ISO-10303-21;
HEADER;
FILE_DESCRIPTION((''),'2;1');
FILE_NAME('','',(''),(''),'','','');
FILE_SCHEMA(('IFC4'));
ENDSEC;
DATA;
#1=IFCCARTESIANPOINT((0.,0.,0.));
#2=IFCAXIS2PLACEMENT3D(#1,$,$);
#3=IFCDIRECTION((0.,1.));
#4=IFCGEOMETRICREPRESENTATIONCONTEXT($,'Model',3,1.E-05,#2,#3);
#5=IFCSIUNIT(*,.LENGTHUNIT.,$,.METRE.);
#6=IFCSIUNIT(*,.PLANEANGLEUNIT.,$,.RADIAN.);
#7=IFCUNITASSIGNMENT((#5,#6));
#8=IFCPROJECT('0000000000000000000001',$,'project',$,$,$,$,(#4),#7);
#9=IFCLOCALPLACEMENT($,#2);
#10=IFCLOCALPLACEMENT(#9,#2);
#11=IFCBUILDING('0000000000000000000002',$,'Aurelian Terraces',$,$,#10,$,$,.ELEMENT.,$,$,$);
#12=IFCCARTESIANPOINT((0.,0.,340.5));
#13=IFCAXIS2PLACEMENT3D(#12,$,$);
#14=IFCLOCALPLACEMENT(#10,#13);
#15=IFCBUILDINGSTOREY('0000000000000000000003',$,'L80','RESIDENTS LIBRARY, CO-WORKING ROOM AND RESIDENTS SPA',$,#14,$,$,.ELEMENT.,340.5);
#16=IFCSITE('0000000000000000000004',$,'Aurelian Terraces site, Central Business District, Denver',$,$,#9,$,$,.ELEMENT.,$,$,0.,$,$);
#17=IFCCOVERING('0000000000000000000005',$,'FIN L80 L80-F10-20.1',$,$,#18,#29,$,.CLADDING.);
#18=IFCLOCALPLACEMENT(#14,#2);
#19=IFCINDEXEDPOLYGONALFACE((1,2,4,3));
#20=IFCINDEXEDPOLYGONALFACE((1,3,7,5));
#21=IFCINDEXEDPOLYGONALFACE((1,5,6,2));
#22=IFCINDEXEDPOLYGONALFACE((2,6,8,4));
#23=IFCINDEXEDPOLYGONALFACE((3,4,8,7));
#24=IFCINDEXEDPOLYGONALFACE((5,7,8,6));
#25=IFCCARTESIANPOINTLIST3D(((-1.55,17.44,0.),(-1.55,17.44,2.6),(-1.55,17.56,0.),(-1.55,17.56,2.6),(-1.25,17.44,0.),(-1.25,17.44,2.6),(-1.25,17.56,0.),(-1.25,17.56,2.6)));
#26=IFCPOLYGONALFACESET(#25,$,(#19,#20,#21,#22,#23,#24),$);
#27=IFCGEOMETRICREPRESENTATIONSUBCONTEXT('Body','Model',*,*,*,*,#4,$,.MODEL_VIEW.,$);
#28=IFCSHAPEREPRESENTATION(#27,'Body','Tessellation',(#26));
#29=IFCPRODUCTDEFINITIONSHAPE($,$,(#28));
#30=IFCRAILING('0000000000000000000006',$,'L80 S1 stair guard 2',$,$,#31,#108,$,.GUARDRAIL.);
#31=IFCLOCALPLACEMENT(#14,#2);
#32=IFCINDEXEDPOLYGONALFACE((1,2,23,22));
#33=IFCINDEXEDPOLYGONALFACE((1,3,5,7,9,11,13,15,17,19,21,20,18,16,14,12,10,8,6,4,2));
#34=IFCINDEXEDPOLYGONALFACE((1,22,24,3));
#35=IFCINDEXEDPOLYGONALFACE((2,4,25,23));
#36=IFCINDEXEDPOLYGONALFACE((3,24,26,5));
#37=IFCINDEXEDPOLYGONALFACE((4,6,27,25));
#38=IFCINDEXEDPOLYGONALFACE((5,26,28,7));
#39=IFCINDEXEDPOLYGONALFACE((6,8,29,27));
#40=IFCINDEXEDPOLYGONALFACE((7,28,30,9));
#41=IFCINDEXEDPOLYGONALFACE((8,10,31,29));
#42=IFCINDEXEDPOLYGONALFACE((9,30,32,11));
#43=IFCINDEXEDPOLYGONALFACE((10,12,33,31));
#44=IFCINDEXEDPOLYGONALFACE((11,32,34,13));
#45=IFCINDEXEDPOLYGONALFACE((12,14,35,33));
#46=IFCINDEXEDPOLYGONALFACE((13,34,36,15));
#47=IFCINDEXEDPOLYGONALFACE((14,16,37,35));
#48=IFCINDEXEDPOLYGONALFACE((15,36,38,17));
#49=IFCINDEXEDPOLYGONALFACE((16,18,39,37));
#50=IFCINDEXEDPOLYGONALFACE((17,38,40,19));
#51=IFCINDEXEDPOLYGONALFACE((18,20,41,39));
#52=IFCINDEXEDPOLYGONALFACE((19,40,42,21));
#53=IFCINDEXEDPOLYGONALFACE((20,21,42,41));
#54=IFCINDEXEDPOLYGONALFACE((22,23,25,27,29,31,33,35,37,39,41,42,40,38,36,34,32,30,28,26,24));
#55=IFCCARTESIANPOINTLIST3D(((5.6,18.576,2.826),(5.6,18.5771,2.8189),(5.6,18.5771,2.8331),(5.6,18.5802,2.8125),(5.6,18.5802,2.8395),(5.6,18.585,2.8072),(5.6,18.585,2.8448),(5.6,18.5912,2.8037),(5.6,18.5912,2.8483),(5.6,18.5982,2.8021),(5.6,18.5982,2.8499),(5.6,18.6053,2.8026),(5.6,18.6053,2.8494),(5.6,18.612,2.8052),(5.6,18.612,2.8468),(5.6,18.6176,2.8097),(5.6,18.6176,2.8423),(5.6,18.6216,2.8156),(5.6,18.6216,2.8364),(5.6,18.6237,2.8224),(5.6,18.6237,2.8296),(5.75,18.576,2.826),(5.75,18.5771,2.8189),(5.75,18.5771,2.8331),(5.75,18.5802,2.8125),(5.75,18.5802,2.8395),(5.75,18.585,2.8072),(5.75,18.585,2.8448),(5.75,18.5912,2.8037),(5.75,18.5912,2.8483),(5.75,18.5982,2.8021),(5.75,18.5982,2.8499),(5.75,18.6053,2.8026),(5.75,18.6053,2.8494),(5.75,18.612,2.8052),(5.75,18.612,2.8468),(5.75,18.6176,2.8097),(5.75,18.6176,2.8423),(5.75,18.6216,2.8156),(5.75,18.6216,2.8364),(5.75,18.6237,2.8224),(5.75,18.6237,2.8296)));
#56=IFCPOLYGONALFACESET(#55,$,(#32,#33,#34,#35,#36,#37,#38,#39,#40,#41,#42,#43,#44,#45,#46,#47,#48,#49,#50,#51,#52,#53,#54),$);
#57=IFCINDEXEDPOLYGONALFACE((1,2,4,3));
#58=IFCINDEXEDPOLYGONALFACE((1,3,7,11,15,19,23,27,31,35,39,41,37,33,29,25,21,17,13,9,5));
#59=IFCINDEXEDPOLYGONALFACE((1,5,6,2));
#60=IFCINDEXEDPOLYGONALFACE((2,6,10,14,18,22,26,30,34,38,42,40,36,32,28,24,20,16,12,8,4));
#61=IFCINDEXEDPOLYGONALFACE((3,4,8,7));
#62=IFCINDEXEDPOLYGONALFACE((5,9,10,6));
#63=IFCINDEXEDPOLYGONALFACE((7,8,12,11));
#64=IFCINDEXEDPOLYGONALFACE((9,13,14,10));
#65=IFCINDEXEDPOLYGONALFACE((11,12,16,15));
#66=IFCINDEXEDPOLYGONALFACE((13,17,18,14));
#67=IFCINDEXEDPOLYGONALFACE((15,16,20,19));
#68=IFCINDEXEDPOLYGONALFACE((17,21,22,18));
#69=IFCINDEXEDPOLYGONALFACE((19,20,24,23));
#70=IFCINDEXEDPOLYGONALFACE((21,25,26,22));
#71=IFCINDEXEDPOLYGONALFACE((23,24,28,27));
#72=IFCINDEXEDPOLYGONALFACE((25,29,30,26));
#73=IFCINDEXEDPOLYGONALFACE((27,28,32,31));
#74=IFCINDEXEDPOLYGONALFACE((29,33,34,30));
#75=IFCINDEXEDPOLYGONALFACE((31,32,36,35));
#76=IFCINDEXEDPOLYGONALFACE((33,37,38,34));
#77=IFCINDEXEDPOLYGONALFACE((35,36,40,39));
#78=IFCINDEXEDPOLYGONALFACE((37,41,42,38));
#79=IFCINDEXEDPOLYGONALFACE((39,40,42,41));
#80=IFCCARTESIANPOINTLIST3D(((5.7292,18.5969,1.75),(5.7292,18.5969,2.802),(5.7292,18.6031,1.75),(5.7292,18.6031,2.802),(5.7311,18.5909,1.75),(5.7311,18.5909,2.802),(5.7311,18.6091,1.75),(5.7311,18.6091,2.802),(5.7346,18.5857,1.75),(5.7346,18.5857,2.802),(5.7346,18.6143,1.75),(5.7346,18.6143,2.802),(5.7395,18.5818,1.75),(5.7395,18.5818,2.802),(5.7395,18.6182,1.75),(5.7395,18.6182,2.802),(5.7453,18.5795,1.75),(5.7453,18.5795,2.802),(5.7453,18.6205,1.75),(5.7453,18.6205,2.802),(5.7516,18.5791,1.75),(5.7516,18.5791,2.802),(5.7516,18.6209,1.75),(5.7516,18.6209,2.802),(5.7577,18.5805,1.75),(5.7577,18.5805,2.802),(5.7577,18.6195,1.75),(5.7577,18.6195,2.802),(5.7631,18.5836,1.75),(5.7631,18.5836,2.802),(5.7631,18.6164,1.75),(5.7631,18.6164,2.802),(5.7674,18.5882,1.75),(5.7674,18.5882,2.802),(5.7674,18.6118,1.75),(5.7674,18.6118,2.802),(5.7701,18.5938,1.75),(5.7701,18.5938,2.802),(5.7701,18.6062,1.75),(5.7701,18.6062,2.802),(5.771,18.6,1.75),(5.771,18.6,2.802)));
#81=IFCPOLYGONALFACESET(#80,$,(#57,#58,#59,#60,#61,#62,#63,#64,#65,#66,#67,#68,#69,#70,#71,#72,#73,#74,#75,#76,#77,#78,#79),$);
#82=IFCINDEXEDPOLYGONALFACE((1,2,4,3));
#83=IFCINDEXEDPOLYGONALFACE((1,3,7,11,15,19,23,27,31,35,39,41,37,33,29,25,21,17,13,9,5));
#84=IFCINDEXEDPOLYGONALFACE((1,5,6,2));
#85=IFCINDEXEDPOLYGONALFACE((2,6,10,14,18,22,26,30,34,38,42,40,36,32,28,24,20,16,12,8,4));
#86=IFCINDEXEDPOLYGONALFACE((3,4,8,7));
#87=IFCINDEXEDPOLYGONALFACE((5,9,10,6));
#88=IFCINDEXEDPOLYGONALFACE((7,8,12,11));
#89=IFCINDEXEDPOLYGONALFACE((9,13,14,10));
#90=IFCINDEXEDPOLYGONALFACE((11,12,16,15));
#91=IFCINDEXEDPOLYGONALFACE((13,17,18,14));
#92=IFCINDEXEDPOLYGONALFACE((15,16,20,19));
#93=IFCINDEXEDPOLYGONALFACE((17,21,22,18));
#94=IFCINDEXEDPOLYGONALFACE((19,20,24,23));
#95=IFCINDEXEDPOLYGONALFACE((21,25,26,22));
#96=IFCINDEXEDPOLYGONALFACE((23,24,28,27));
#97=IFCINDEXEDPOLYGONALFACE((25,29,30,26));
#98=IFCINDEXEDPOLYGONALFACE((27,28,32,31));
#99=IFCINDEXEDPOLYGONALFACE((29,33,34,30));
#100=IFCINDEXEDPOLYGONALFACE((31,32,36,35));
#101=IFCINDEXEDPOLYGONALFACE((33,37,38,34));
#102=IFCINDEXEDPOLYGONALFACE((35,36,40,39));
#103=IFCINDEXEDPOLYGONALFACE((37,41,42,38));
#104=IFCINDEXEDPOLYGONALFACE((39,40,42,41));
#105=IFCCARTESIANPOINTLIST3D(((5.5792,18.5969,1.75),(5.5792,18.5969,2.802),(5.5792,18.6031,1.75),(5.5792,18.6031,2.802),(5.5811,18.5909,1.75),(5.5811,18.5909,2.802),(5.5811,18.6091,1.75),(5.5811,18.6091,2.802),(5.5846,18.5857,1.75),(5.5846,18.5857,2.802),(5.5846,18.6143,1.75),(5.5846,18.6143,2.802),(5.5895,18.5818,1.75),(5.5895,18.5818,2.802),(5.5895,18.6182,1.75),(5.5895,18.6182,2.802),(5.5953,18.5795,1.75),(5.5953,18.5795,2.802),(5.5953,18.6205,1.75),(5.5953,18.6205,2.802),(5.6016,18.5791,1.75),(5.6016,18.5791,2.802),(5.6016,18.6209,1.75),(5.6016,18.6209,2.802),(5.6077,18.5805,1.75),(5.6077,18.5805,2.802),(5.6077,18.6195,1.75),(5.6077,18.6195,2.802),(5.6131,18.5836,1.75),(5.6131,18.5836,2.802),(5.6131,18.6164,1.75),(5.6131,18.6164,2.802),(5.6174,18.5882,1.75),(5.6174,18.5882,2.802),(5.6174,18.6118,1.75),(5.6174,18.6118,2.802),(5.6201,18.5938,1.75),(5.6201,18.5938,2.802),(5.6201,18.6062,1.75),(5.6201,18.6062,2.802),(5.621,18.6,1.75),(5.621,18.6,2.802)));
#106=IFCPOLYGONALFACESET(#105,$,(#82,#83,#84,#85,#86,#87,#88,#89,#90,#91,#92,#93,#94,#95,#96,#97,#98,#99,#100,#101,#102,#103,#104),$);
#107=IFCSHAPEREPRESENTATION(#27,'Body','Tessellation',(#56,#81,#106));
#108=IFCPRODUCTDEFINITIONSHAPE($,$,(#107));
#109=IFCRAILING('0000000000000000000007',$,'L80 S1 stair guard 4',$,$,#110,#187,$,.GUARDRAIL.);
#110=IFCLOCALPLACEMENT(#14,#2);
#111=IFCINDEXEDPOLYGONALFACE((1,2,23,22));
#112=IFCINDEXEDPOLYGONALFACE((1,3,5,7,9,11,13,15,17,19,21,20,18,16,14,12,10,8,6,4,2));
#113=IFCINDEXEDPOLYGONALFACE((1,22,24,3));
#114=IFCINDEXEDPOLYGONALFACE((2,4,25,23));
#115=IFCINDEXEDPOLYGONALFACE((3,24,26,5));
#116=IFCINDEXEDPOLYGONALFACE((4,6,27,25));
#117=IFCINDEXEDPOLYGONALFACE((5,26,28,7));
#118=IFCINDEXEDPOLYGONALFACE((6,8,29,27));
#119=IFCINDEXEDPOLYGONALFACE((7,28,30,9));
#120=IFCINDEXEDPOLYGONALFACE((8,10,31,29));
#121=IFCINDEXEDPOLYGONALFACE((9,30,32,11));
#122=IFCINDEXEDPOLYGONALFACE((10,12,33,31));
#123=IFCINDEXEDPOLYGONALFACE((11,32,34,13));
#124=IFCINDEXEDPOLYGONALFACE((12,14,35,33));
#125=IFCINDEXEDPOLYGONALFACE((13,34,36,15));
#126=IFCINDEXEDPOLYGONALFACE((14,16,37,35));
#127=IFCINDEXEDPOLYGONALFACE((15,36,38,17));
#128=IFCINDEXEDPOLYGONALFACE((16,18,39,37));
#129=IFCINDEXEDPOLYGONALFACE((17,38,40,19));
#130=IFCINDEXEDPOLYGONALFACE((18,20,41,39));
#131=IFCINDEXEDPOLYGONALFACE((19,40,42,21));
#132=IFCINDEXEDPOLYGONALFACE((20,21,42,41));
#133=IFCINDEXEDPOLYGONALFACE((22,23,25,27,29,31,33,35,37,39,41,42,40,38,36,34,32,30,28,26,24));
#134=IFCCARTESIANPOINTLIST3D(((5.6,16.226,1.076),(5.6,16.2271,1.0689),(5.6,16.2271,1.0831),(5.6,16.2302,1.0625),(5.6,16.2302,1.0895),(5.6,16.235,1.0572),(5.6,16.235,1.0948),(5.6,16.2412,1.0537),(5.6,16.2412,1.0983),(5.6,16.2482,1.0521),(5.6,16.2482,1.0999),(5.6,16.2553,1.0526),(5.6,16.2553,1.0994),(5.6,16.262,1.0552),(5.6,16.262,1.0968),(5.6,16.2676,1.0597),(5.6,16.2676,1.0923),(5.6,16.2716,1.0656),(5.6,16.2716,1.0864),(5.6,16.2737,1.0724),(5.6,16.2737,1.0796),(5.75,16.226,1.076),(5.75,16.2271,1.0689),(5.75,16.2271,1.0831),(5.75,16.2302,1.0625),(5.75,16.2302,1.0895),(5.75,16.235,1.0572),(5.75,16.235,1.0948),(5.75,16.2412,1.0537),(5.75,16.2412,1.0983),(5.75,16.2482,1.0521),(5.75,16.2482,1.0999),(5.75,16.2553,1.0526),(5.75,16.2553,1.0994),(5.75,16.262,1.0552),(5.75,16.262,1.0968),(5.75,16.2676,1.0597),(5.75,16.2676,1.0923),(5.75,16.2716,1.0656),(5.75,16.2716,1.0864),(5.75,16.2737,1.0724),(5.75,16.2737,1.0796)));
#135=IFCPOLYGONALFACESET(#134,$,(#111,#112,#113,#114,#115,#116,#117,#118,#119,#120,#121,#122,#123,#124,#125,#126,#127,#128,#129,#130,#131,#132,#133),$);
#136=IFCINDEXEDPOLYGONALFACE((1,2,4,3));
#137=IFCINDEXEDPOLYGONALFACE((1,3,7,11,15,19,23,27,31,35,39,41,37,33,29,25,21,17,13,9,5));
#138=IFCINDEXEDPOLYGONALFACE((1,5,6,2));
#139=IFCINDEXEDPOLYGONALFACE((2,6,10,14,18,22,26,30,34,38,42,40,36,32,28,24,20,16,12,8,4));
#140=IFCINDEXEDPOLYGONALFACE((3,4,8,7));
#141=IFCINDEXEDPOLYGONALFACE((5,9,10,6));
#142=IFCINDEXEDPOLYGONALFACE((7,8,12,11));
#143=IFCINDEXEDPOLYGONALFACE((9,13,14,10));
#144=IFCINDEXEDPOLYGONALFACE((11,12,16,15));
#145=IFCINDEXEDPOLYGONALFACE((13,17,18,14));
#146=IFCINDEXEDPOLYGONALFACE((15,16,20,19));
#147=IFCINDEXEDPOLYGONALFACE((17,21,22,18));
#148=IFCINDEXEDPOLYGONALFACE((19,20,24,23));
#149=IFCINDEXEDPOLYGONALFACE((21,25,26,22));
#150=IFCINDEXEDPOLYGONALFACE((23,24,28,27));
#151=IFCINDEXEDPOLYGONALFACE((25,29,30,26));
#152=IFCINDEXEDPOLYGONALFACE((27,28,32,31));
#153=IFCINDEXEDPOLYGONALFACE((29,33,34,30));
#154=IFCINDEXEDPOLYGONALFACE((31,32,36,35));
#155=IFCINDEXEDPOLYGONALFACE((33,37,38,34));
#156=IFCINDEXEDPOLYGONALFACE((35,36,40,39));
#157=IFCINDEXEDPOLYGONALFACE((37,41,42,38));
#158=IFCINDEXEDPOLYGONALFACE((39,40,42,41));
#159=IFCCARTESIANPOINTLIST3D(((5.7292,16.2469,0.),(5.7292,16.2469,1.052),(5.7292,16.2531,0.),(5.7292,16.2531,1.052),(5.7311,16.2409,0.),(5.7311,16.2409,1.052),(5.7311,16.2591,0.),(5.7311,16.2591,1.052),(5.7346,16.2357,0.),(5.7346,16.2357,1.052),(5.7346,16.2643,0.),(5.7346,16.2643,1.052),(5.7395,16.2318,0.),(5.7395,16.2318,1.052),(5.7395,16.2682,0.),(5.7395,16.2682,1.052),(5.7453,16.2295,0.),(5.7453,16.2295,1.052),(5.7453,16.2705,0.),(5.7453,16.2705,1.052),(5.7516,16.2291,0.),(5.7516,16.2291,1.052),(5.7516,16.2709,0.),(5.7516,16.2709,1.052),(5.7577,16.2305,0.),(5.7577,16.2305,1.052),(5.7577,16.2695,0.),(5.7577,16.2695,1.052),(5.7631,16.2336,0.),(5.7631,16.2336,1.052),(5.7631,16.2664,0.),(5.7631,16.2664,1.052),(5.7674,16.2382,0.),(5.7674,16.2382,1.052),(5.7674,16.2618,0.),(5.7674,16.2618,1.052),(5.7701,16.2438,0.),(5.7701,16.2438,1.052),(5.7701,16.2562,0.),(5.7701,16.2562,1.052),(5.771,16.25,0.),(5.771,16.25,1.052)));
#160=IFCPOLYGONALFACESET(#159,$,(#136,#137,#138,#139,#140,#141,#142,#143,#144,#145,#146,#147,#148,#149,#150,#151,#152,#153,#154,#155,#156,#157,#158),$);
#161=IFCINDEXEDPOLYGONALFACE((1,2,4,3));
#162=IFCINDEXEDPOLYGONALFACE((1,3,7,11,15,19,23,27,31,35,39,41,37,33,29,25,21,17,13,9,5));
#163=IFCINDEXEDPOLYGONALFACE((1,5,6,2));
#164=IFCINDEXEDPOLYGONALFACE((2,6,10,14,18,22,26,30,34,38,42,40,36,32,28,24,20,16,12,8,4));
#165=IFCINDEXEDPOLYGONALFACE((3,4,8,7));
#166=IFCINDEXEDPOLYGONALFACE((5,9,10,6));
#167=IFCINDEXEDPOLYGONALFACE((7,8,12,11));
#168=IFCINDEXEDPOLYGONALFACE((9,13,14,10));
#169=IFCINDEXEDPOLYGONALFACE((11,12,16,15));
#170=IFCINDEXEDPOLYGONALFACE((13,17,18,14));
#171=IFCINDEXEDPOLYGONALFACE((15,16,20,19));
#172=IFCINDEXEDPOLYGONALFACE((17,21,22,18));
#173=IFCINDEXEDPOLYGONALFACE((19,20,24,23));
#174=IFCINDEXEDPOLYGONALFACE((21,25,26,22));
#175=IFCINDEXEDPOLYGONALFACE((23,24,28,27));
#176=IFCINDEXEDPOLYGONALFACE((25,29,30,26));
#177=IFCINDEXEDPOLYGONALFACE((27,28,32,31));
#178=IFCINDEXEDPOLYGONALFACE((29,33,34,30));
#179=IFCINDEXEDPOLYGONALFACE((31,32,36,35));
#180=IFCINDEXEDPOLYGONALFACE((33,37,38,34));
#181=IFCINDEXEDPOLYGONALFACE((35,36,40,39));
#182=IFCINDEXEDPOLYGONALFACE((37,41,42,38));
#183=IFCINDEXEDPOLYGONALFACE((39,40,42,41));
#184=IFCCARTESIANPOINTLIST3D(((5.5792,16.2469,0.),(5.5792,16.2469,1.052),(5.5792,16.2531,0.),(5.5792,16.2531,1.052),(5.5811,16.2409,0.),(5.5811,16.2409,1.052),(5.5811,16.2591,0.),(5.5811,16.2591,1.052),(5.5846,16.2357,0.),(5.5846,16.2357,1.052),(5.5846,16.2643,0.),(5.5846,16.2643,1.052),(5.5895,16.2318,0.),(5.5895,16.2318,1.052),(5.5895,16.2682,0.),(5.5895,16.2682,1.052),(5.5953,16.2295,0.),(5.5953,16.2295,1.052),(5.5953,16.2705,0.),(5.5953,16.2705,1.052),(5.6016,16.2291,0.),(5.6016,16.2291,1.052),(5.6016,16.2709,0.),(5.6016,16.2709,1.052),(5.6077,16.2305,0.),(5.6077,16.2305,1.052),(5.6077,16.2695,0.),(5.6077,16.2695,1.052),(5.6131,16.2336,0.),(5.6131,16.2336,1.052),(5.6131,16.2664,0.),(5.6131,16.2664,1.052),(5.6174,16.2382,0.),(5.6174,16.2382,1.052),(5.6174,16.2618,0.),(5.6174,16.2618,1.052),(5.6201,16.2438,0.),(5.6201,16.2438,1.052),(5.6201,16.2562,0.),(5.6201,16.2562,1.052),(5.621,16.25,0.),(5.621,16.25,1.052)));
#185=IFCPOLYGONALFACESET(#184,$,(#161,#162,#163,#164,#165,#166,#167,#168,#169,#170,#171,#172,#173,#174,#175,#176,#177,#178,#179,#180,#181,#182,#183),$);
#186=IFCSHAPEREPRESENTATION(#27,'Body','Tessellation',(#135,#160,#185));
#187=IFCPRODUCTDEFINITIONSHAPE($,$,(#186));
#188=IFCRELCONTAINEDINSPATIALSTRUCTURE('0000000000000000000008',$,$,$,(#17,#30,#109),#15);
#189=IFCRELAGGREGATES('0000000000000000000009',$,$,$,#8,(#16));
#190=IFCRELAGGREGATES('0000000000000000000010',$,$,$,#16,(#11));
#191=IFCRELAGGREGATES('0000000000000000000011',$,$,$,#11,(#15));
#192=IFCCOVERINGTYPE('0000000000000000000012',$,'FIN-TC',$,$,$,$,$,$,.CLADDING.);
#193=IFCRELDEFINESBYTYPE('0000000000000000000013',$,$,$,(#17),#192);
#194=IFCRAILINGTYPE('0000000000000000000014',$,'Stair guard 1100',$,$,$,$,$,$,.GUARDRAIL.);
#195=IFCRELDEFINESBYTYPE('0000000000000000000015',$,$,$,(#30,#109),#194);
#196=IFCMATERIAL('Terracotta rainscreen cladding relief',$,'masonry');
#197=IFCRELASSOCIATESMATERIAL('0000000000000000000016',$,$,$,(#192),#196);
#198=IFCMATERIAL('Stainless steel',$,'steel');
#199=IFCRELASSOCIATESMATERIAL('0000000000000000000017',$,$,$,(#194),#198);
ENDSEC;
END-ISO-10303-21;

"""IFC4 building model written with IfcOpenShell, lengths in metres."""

from ifc_helpers import new_model, si_unit, direction, frame, origin, origin_2d, place, context, subcontext, project, spatial, rectangle, circle, extrude, source, transform, mapped, material, type_object, element, save


model = new_model("IFC4")

# Units and contexts
model_context = context("Model", 3, precision=1e-05, world=origin(), true_north=direction((0.0, 1.0)))
body_context = subcontext(model_context, "Body", "Model", "MODEL_VIEW")
ifc_project = project(units=[si_unit("LENGTHUNIT", "METRE"), si_unit("PLANEANGLEUNIT", "RADIAN")], contexts=[model_context])

# Site, building, storey
site_placement = place(None, origin())
site = spatial("IfcSite", under=ifc_project, at=site_placement, Name="Aurelian Terraces site, Central Business District, Denver", CompositionType="ELEMENT", RefElevation=0.0)
building_placement = place(site_placement, origin())
building = spatial("IfcBuilding", under=site, at=building_placement, Name="Aurelian Terraces", CompositionType="ELEMENT")
storey_placement = place(building_placement, frame((0.0, 0.0, 340.5)))
storey = spatial("IfcBuildingStorey", under=building, at=storey_placement, Name="L80", Description="RESIDENTS LIBRARY, CO-WORKING ROOM AND RESIDENTS SPA", CompositionType="ELEMENT", Elevation=340.5)

# Covering
ifc_material_1 = material(Name="Terracotta rainscreen cladding relief", Category="masonry")
covering_type = type_object("IfcCoveringType", Name="FIN-TC", PredefinedType="CLADDING", material=ifc_material_1)
shared_shape_1 = source(origin(), body_context, "Body", "SweptSolid", [
    extrude(rectangle(XDim=0.3, YDim=0.12, at=origin_2d()), origin(), (0.0, 0.0, 1.0), 2.6),
])
covering_placement = place(storey_placement, frame((-1.4, 17.5, 0.0), z_axis=(0.0, 0.0, 1.0), x_axis=(1.0, 0.0, 0.0)))
element("IfcCovering", 1, at=covering_placement, inside=storey, type_object=covering_type, Name="FIN L80 L80-F10-20.1", PredefinedType="CLADDING", context=body_context, shape_type="MappedRepresentation", body=[
    mapped(shared_shape_1, transform((0.0, 0.0, 0.0), scale=1.0)),
])

# Railings
ifc_material_2 = material(Name="Stainless steel", Category="steel")
railing_type_1 = type_object("IfcRailingType", Name="Stair guard 1100", PredefinedType="GUARDRAIL", material=ifc_material_2)
shared_shape_2 = source(origin(), body_context, "Body", "SweptSolid", [
    extrude(circle(Radius=0.024, at=origin_2d()), frame((0.0, 0.0, 1.076), z_axis=(-1.0, 0.0, 0.0), x_axis=(0.0, -1.0, 0.0)), (0.0, 0.0, 1.0), 0.15),
    extrude(circle(Radius=0.021, at=origin_2d()), origin(), (0.0, 0.0, 1.0), 1.052),
    extrude(circle(Radius=0.021, at=origin_2d()), frame((-0.15, 0.0, 0.0)), (0.0, 0.0, 1.0), 1.052),
])
for number, where, name in (
    (2, (5.75, 18.6, 1.75), "L80 S1 stair guard 2"),
    (3, (5.75, 16.25, 0.0), "L80 S1 stair guard 4"),
):
    element("IfcRailing", number, at=place(storey_placement, frame(where)), inside=storey, type_object=railing_type_1, Name=name, PredefinedType="GUARDRAIL", context=body_context, shape_type="MappedRepresentation", body=[
        mapped(shared_shape_2, transform((0.0, 0.0, 0.0), scale=1.0)),
    ])

save(model, "model.ifc")
